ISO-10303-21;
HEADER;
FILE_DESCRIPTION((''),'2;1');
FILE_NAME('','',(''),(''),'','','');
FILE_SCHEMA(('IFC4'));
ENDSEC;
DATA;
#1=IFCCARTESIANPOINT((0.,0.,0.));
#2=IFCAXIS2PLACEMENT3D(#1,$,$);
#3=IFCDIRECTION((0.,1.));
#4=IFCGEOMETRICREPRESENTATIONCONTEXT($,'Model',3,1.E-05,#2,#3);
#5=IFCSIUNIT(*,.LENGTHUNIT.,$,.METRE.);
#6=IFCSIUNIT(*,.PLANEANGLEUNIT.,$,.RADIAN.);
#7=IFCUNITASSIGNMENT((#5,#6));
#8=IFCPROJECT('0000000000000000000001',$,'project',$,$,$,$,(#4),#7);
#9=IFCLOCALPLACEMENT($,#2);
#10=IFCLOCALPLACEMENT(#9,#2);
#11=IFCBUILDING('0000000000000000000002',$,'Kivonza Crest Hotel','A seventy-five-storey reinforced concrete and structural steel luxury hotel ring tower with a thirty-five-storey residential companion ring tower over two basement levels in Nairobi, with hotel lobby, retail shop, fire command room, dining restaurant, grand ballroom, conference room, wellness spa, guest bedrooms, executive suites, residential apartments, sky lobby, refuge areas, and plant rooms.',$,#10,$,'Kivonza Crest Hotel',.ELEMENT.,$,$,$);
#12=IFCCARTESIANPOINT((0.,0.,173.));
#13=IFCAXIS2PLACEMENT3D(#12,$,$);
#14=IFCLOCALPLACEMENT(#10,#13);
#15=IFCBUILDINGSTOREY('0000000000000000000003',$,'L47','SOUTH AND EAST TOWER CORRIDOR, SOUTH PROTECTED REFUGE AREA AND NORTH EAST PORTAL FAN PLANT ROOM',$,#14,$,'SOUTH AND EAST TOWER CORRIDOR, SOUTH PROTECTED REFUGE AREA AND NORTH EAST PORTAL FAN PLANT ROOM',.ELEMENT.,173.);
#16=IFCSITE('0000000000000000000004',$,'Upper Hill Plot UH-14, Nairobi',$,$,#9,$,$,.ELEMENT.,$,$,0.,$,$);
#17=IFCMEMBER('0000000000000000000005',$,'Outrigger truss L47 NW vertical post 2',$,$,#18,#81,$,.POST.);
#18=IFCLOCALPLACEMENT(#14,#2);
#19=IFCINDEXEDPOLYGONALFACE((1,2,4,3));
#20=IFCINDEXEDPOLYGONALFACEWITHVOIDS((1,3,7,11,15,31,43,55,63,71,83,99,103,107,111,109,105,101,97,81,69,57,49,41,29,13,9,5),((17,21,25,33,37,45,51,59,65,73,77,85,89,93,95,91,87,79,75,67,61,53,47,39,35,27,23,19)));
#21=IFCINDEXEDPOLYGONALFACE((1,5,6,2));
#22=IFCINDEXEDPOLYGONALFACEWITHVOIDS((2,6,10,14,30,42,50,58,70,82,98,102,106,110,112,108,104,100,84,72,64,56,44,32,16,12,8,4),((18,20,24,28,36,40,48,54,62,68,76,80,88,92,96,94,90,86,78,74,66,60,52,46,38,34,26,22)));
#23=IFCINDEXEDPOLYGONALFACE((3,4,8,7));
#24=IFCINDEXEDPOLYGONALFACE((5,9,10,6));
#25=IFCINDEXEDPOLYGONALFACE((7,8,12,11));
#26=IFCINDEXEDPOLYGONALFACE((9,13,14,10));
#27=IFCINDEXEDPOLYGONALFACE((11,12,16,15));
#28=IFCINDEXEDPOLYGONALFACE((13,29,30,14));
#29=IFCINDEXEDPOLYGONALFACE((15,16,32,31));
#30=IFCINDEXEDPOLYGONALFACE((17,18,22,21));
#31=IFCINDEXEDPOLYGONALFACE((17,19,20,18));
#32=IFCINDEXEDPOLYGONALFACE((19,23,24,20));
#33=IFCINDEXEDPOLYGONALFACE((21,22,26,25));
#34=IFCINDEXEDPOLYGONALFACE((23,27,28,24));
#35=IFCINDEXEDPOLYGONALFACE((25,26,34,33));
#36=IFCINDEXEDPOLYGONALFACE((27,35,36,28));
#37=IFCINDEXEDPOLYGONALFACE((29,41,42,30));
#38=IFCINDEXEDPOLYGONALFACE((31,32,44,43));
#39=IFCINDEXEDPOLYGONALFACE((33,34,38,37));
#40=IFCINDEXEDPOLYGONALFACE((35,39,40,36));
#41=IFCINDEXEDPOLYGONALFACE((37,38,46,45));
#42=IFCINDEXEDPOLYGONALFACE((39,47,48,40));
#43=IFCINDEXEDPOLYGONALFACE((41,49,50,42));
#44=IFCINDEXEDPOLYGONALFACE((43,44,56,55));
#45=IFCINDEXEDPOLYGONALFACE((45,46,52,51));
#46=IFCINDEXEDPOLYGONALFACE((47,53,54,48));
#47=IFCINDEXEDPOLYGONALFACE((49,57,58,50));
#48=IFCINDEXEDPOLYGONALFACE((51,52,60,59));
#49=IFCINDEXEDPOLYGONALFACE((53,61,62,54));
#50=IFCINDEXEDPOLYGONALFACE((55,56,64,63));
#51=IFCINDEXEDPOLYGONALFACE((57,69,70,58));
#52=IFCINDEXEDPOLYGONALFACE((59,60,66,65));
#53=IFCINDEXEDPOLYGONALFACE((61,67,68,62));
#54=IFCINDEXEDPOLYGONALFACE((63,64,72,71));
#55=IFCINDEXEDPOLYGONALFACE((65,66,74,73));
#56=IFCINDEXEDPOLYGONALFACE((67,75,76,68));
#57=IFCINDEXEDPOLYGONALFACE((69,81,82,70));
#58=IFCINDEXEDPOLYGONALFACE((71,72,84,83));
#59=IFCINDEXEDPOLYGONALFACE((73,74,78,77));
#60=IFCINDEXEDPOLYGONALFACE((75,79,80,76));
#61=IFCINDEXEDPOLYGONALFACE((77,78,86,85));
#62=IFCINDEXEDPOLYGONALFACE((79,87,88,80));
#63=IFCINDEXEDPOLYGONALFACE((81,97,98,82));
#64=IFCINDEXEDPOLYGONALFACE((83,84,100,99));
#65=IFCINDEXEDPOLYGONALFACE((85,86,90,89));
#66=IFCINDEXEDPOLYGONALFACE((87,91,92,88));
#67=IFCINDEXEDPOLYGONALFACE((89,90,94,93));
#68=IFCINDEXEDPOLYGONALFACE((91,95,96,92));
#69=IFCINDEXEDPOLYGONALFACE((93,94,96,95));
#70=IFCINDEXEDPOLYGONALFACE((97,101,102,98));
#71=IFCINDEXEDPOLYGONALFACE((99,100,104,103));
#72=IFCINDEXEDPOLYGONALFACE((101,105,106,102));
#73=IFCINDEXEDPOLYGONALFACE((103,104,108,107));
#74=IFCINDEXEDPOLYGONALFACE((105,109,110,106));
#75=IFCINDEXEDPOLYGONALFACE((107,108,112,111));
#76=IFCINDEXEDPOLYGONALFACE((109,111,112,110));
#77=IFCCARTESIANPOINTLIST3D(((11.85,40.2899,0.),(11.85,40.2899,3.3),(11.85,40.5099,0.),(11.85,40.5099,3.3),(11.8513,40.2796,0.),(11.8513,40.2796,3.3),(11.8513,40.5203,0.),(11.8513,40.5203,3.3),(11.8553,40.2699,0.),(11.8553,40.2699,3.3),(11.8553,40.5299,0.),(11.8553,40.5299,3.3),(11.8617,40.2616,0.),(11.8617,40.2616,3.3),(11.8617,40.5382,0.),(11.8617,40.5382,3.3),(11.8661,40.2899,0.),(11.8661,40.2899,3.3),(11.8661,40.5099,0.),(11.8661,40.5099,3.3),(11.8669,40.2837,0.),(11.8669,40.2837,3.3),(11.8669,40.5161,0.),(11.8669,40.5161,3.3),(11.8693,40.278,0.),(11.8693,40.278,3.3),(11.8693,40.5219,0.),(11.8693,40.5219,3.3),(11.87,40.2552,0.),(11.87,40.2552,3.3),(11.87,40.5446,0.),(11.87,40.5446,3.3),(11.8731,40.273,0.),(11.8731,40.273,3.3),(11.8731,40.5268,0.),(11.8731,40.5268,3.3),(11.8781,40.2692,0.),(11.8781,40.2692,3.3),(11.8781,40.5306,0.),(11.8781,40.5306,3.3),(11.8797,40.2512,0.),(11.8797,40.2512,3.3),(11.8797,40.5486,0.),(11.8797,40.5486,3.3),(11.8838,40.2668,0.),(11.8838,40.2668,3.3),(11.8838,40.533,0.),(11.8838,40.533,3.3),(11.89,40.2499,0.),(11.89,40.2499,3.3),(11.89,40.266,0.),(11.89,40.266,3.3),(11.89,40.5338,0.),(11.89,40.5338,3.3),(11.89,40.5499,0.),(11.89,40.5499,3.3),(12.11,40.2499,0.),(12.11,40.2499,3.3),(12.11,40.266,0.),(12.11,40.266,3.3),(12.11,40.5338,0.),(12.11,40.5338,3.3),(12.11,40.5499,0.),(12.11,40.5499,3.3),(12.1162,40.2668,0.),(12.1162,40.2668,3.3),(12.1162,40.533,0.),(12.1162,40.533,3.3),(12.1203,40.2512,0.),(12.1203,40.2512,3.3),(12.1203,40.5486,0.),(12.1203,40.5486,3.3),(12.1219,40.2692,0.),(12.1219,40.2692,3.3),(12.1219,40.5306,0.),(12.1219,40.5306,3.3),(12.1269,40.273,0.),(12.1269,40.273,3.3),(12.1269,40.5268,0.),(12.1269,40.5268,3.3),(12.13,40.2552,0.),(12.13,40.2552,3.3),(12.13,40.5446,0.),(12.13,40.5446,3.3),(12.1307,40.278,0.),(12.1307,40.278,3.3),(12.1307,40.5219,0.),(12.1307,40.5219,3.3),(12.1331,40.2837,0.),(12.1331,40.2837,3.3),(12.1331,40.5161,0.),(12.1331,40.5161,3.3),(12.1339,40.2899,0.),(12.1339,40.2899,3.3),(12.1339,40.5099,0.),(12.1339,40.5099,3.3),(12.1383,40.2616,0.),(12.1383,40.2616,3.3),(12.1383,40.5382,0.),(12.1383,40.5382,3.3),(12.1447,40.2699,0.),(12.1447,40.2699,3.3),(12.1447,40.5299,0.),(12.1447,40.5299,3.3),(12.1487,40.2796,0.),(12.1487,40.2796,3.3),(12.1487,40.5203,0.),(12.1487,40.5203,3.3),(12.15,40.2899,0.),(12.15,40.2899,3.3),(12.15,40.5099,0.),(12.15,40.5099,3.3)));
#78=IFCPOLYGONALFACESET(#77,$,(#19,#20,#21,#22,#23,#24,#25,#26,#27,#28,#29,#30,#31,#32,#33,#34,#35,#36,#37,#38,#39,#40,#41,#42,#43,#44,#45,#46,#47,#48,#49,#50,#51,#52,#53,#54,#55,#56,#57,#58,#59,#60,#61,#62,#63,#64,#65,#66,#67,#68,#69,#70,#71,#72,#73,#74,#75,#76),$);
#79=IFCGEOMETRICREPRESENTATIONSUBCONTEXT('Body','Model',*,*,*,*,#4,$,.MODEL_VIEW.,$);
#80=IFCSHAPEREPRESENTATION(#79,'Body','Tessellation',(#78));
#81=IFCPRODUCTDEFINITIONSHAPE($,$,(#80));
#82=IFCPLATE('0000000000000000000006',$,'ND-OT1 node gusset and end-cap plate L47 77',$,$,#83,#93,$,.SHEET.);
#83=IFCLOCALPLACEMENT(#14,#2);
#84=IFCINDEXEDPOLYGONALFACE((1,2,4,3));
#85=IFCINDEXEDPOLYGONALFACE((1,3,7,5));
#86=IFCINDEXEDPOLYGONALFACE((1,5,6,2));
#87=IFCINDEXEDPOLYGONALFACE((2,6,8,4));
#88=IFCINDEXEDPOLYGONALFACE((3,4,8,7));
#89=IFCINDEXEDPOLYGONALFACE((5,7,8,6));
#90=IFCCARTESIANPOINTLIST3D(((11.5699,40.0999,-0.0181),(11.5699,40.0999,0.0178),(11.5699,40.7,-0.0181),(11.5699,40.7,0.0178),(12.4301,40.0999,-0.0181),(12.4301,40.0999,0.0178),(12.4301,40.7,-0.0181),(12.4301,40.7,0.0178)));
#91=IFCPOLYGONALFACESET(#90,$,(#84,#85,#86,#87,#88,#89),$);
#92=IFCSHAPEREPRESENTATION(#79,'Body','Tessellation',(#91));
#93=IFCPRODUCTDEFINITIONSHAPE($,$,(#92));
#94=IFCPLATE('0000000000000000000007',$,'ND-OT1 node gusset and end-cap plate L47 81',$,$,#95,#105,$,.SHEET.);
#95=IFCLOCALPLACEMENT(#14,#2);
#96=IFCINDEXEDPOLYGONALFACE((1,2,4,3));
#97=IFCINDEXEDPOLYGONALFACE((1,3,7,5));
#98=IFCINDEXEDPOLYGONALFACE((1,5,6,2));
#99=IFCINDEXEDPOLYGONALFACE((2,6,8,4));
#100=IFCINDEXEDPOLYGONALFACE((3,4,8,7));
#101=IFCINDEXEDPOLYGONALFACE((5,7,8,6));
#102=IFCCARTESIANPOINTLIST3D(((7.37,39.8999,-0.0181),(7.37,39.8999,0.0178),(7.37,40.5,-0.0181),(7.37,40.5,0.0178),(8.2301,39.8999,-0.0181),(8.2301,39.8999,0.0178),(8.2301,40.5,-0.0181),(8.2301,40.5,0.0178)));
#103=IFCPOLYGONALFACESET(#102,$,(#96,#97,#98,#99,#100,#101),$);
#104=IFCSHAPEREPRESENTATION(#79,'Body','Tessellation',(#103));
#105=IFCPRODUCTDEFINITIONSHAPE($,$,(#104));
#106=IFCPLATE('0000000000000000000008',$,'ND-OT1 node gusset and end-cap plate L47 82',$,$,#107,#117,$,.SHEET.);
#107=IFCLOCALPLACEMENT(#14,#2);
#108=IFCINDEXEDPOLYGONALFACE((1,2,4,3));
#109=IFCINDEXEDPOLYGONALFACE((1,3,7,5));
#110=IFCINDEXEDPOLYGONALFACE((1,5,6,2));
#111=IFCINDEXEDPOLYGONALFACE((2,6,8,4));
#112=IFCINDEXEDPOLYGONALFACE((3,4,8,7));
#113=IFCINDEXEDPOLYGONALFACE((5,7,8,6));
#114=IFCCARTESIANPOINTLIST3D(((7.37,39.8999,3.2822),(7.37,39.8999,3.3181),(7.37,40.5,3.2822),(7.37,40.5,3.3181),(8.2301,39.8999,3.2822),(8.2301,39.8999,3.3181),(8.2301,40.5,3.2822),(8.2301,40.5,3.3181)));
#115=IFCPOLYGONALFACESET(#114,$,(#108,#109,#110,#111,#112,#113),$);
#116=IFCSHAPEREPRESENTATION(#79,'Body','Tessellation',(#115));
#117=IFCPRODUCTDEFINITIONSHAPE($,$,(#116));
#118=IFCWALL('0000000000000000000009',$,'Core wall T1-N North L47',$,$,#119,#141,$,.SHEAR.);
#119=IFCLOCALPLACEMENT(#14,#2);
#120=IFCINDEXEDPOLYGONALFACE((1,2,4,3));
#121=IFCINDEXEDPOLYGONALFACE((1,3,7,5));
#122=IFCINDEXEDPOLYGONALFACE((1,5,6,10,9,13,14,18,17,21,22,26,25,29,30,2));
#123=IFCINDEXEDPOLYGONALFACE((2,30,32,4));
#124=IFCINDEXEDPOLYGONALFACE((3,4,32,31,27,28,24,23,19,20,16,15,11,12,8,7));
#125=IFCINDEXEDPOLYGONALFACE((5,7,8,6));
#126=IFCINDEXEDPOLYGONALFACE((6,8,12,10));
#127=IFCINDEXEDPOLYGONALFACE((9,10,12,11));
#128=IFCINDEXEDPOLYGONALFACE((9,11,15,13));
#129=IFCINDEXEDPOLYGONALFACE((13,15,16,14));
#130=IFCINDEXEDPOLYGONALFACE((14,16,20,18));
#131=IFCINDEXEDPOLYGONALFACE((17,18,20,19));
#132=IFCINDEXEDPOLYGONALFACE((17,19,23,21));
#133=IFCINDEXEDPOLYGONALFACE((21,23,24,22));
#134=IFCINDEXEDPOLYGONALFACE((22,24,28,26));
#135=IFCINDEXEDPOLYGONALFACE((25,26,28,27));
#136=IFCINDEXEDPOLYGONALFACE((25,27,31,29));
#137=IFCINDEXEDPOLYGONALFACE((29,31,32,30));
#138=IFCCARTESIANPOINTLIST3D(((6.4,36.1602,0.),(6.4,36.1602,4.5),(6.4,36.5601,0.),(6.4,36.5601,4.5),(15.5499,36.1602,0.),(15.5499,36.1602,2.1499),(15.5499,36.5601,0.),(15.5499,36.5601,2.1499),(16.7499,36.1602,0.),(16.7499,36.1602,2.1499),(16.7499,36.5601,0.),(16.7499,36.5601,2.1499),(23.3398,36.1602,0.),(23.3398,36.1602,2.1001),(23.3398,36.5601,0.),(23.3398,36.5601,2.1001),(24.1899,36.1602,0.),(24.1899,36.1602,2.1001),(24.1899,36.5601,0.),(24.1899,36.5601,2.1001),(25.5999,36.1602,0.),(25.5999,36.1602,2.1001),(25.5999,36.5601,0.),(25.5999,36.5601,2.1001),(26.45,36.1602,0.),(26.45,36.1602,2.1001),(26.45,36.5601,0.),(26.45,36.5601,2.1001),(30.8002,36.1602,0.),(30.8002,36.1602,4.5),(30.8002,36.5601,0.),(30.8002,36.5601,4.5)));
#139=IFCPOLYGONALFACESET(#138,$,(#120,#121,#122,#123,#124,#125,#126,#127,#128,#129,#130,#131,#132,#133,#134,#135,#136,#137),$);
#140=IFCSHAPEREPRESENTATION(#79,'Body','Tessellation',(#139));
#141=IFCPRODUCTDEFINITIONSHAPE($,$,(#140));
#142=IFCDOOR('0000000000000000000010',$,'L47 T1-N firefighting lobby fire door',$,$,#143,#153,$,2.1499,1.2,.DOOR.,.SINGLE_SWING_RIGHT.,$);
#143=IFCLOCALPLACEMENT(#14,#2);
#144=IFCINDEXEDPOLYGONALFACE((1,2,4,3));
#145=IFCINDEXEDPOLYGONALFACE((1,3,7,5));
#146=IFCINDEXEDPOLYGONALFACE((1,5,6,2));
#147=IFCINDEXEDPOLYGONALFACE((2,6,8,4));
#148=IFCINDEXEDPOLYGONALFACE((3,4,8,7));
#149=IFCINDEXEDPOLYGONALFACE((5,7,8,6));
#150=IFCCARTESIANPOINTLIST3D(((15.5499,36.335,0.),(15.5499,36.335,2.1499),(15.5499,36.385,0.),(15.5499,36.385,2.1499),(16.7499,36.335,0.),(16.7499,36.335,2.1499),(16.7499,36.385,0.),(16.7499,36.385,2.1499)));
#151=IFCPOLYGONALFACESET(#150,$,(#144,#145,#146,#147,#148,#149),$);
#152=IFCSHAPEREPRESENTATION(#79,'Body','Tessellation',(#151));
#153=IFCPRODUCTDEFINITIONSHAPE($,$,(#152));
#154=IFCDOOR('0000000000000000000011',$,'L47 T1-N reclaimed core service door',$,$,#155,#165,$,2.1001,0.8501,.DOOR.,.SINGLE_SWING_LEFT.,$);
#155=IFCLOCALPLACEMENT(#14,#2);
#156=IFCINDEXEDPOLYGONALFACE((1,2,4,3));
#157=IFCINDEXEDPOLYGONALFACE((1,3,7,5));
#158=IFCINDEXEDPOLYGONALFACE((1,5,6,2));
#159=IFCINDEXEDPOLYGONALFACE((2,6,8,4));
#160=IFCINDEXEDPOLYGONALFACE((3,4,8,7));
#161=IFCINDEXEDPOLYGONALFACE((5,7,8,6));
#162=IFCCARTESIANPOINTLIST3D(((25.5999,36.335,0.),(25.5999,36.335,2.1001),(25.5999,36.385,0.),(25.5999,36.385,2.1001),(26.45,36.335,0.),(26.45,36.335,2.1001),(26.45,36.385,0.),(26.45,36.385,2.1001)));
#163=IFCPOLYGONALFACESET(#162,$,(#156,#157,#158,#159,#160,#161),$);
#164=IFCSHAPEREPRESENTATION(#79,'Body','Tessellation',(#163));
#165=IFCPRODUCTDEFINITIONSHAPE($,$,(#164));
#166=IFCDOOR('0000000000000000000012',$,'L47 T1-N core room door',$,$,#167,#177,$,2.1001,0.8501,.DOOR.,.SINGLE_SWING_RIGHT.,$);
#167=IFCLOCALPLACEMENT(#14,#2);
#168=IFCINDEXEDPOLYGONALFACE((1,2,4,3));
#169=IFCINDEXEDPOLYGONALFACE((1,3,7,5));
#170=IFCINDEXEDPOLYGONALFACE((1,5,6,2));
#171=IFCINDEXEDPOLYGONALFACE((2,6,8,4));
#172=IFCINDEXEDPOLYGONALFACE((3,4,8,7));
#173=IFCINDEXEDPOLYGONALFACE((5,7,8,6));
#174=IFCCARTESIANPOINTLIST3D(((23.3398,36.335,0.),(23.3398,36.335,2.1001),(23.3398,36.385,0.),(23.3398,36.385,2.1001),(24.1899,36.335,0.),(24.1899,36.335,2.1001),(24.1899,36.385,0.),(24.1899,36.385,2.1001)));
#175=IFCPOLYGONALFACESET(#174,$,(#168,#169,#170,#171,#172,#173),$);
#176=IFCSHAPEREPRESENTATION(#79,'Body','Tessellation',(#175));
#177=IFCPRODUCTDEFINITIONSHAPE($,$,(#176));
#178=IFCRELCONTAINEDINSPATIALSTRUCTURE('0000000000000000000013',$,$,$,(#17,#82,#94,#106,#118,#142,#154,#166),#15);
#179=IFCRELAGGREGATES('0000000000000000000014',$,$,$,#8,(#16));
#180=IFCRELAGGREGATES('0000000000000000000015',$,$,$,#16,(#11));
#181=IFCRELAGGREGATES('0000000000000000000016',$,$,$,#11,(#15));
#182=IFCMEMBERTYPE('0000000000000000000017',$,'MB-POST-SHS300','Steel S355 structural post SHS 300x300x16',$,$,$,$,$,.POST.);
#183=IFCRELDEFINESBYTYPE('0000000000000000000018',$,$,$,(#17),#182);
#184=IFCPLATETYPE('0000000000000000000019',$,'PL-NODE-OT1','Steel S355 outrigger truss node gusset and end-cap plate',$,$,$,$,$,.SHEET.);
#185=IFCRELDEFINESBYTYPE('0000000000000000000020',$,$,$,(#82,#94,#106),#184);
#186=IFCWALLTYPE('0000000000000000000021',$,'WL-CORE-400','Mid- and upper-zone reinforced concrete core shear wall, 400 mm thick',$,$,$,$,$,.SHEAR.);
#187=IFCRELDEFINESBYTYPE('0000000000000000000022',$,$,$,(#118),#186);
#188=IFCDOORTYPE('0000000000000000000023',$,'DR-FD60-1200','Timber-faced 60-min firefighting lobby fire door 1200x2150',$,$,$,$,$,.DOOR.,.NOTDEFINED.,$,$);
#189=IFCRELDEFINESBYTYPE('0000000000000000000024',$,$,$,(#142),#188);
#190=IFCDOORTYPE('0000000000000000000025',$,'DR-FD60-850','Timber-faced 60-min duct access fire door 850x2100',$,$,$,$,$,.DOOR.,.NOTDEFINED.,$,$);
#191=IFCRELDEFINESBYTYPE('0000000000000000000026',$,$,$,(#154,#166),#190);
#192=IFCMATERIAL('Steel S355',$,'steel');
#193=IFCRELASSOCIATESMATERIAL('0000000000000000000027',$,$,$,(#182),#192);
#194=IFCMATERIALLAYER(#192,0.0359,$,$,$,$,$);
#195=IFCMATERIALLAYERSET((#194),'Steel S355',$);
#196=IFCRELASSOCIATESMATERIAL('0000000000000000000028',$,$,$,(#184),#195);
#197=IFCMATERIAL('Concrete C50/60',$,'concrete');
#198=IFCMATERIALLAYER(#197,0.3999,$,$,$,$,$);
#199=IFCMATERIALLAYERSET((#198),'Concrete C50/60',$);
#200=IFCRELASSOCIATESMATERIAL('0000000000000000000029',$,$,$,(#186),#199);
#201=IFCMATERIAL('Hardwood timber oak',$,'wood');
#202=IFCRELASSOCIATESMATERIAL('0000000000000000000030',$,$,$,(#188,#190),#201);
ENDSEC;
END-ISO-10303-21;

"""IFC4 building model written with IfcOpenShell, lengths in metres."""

from ifc_helpers import new_model, si_unit, direction, frame, frame_2d, origin, origin_2d, place, context, subcontext, project, spatial, rectangle, hollow_rectangle, extrude, material, layer, layer_set, material_profile, profile_set, type_object, element, fill, save


model = new_model("IFC4")

# Units and contexts
model_context = context("Model", 3, precision=1e-05, world=origin(), true_north=direction((0.0, 1.0)))
body_context = subcontext(model_context, "Body", "Model", "MODEL_VIEW")
ifc_project = project(units=[si_unit("LENGTHUNIT", "METRE"), si_unit("PLANEANGLEUNIT", "RADIAN")], contexts=[model_context])

# Site, building, storey
site_placement = place(None, origin())
site = spatial("IfcSite", under=ifc_project, at=site_placement, Name="Upper Hill Plot UH-14, Nairobi", CompositionType="ELEMENT", RefElevation=0.0)
building_placement = place(site_placement, origin())
building = spatial("IfcBuilding", under=site, at=building_placement, Name="Kivonza Crest Hotel", Description="A seventy-five-storey reinforced concrete and structural steel luxury hotel ring tower with a thirty-five-storey residential companion ring tower over two basement levels in Nairobi, with hotel lobby, retail shop, fire command room, dining restaurant, grand ballroom, conference room, wellness spa, guest bedrooms, executive suites, residential apartments, sky lobby, refuge areas, and plant rooms.", LongName="Kivonza Crest Hotel", CompositionType="ELEMENT")
storey_placement = place(building_placement, frame((0.0, 0.0, 173.0)))
storey = spatial("IfcBuildingStorey", under=building, at=storey_placement, Name="L47", Description="SOUTH AND EAST TOWER CORRIDOR, SOUTH PROTECTED REFUGE AREA AND NORTH EAST PORTAL FAN PLANT ROOM", LongName="SOUTH AND EAST TOWER CORRIDOR, SOUTH PROTECTED REFUGE AREA AND NORTH EAST PORTAL FAN PLANT ROOM", CompositionType="ELEMENT", Elevation=173.0)

# Shared definitions
ifc_material_1 = material(Name="Steel S355", Category="steel")

# Member
ifc_material_profile_1 = material_profile(ifc_material_1, hollow_rectangle(XDim=0.3, YDim=0.3, WallThickness=0.0161, InnerFilletRadius=0.0239, OuterFilletRadius=0.04, at=origin_2d()), Name="SHS 300x300x16")
ifc_profile_set_1 = profile_set([ifc_material_profile_1], Name="Steel S355")
member_type = type_object("IfcMemberType", Name="MB-POST-SHS300", Description="Steel S355 structural post SHS 300x300x16", PredefinedType="POST", material=ifc_profile_set_1)
member_placement = place(storey_placement, frame((12.0, 40.3999, 0.0), z_axis=(0.0, 0.0, 1.0), x_axis=(1.0, 0.0, 0.0)))
element("IfcMember", 1, at=member_placement, inside=storey, type_object=member_type, Name="Outrigger truss L47 NW vertical post 2", PredefinedType="POST", context=body_context, shape_type="SweptSolid", body=[
    extrude(hollow_rectangle(XDim=0.3, YDim=0.3, WallThickness=0.0161, InnerFilletRadius=0.0239, OuterFilletRadius=0.04, at=origin_2d()), origin(), (0.0, 0.0, 1.0), 3.3),
])

# Plates
ifc_layer_1 = layer(ifc_material_1, 0.0359)
ifc_layer_set_1 = layer_set([ifc_layer_1], Name="Steel S355")
plate_type = type_object("IfcPlateType", Name="PL-NODE-OT1", Description="Steel S355 outrigger truss node gusset and end-cap plate", PredefinedType="SHEET", material=ifc_layer_set_1)
for number, where, z_axis, x_axis, name in (
    (2, (12.0, 40.3999, -0.0181), (0.0, 0.0, 1.0), (1.0, 0.0, 0.0), "ND-OT1 node gusset and end-cap plate L47 77"),
    (3, (7.8, 40.2, -0.0181), (0.0, 0.0, 1.0), (1.0, 0.0, 0.0), "ND-OT1 node gusset and end-cap plate L47 81"),
    (4, (7.8, 40.2, 3.2822), (0.0, 0.0, 1.0), (1.0, 0.0, 0.0), "ND-OT1 node gusset and end-cap plate L47 82"),
):
    element("IfcPlate", number, at=place(storey_placement, frame(where, z_axis=z_axis, x_axis=x_axis)), inside=storey, type_object=plate_type, Name=name, PredefinedType="SHEET", context=body_context, shape_type="SweptSolid", body=[
        extrude(rectangle(XDim=0.8601, YDim=0.6001, at=origin_2d()), origin(), (0.0, 0.0, 1.0), 0.0359),
    ])

# Wall, openings, doors
ifc_material_2 = material(Name="Concrete C50/60", Category="concrete")
ifc_layer_2 = layer(ifc_material_2, 0.3999)
ifc_layer_set_2 = layer_set([ifc_layer_2], Name="Concrete C50/60")
wall_type_1 = type_object("IfcWallType", Name="WL-CORE-400", Description="Mid- and upper-zone reinforced concrete core shear wall, 400 mm thick", PredefinedType="SHEAR", material=ifc_layer_set_2)
wall_1_placement = place(storey_placement, frame((6.3999, 36.3601, 0.0), z_axis=(0.0, 0.0, 1.0), x_axis=(1.0, 0.0, 0.0)))
wall_1 = element("IfcWall", 5, at=wall_1_placement, inside=storey, type_object=wall_type_1, Name="Core wall T1-N North L47", PredefinedType="SHEAR", context=body_context, shape_type="SweptSolid", body=[
    extrude(rectangle(XDim=24.4001, YDim=0.3999, at=frame_2d((12.2002, 0.0))), origin(), (0.0, 0.0, 1.0), 4.5),
])
opening_1_placement = place(wall_1_placement, frame((9.1499, 0.0, 0.0)))
opening_1 = element("IfcOpeningElement", 6, at=opening_1_placement, cuts=wall_1, PredefinedType="OPENING", context=body_context, shape_type="SweptSolid", body=[
    extrude(rectangle(XDim=1.2, YDim=2.1499, at=frame_2d((0.6001, 1.075))), frame((0.0, 0.21, 0.0), z_axis=(0.0, -1.0, 0.0), x_axis=(1.0, 0.0, 0.0)), (0.0, 0.0, 1.0), 0.4199),
])
opening_2_placement = place(wall_1_placement, frame((19.2, 0.0, 0.0)))
opening_2 = element("IfcOpeningElement", 7, at=opening_2_placement, cuts=wall_1, PredefinedType="OPENING", context=body_context, shape_type="SweptSolid", body=[
    extrude(rectangle(XDim=0.8501, YDim=2.1001, at=frame_2d((0.425, 1.05))), frame((0.0, 0.21, 0.0), z_axis=(0.0, -1.0, 0.0), x_axis=(1.0, 0.0, 0.0)), (0.0, 0.0, 1.0), 0.4199),
])
opening_3_placement = place(wall_1_placement, frame((16.9399, 0.0, 0.0)))
opening_3 = element("IfcOpeningElement", 8, at=opening_3_placement, cuts=wall_1, PredefinedType="OPENING", context=body_context, shape_type="SweptSolid", body=[
    extrude(rectangle(XDim=0.8501, YDim=2.1001, at=frame_2d((0.425, 1.05))), frame((0.0, 0.21, 0.0), z_axis=(0.0, -1.0, 0.0), x_axis=(1.0, 0.0, 0.0)), (0.0, 0.0, 1.0), 0.4199),
])
ifc_material_3 = material(Name="Hardwood timber oak", Category="wood")
door_type_1 = type_object("IfcDoorType", Name="DR-FD60-1200", Description="Timber-faced 60-min firefighting lobby fire door 1200x2150", OperationType="NOTDEFINED", PredefinedType="DOOR", material=ifc_material_3)
door_1_placement = place(opening_1_placement, origin())
door_1 = element("IfcDoor", 9, at=door_1_placement, inside=storey, type_object=door_type_1, Name="L47 T1-N firefighting lobby fire door", OperationType="SINGLE_SWING_RIGHT", OverallHeight=2.1499, OverallWidth=1.2, PredefinedType="DOOR", context=body_context, shape_type="SweptSolid", body=[
    extrude(rectangle(XDim=1.2, YDim=2.1499, at=frame_2d((0.6001, 1.075))), frame((0.0, 0.0249, 0.0), z_axis=(0.0, -1.0, 0.0), x_axis=(1.0, 0.0, 0.0)), (0.0, 0.0, 1.0), 0.05),
])
fill(opening_1, door_1)
door_type_2 = type_object("IfcDoorType", Name="DR-FD60-850", Description="Timber-faced 60-min duct access fire door 850x2100", OperationType="NOTDEFINED", PredefinedType="DOOR", material=ifc_material_3)
door_2_placement = place(opening_2_placement, origin())
door_2 = element("IfcDoor", 10, at=door_2_placement, inside=storey, type_object=door_type_2, Name="L47 T1-N reclaimed core service door", OperationType="SINGLE_SWING_LEFT", OverallHeight=2.1001, OverallWidth=0.8501, PredefinedType="DOOR", context=body_context, shape_type="SweptSolid", body=[
    extrude(rectangle(XDim=0.8501, YDim=2.1001, at=frame_2d((0.425, 1.05))), frame((0.0, 0.0249, 0.0), z_axis=(0.0, -1.0, 0.0), x_axis=(1.0, 0.0, 0.0)), (0.0, 0.0, 1.0), 0.05),
])
fill(opening_2, door_2)
door_3_placement = place(opening_3_placement, origin())
door_3 = element("IfcDoor", 11, at=door_3_placement, inside=storey, type_object=door_type_2, Name="L47 T1-N core room door", OperationType="SINGLE_SWING_RIGHT", OverallHeight=2.1001, OverallWidth=0.8501, PredefinedType="DOOR", context=body_context, shape_type="SweptSolid", body=[
    extrude(rectangle(XDim=0.8501, YDim=2.1001, at=frame_2d((0.425, 1.05))), frame((0.0, 0.0249, 0.0), z_axis=(0.0, -1.0, 0.0), x_axis=(1.0, 0.0, 0.0)), (0.0, 0.0, 1.0), 0.05),
])
fill(opening_3, door_3)

save(model, "model.ifc")
